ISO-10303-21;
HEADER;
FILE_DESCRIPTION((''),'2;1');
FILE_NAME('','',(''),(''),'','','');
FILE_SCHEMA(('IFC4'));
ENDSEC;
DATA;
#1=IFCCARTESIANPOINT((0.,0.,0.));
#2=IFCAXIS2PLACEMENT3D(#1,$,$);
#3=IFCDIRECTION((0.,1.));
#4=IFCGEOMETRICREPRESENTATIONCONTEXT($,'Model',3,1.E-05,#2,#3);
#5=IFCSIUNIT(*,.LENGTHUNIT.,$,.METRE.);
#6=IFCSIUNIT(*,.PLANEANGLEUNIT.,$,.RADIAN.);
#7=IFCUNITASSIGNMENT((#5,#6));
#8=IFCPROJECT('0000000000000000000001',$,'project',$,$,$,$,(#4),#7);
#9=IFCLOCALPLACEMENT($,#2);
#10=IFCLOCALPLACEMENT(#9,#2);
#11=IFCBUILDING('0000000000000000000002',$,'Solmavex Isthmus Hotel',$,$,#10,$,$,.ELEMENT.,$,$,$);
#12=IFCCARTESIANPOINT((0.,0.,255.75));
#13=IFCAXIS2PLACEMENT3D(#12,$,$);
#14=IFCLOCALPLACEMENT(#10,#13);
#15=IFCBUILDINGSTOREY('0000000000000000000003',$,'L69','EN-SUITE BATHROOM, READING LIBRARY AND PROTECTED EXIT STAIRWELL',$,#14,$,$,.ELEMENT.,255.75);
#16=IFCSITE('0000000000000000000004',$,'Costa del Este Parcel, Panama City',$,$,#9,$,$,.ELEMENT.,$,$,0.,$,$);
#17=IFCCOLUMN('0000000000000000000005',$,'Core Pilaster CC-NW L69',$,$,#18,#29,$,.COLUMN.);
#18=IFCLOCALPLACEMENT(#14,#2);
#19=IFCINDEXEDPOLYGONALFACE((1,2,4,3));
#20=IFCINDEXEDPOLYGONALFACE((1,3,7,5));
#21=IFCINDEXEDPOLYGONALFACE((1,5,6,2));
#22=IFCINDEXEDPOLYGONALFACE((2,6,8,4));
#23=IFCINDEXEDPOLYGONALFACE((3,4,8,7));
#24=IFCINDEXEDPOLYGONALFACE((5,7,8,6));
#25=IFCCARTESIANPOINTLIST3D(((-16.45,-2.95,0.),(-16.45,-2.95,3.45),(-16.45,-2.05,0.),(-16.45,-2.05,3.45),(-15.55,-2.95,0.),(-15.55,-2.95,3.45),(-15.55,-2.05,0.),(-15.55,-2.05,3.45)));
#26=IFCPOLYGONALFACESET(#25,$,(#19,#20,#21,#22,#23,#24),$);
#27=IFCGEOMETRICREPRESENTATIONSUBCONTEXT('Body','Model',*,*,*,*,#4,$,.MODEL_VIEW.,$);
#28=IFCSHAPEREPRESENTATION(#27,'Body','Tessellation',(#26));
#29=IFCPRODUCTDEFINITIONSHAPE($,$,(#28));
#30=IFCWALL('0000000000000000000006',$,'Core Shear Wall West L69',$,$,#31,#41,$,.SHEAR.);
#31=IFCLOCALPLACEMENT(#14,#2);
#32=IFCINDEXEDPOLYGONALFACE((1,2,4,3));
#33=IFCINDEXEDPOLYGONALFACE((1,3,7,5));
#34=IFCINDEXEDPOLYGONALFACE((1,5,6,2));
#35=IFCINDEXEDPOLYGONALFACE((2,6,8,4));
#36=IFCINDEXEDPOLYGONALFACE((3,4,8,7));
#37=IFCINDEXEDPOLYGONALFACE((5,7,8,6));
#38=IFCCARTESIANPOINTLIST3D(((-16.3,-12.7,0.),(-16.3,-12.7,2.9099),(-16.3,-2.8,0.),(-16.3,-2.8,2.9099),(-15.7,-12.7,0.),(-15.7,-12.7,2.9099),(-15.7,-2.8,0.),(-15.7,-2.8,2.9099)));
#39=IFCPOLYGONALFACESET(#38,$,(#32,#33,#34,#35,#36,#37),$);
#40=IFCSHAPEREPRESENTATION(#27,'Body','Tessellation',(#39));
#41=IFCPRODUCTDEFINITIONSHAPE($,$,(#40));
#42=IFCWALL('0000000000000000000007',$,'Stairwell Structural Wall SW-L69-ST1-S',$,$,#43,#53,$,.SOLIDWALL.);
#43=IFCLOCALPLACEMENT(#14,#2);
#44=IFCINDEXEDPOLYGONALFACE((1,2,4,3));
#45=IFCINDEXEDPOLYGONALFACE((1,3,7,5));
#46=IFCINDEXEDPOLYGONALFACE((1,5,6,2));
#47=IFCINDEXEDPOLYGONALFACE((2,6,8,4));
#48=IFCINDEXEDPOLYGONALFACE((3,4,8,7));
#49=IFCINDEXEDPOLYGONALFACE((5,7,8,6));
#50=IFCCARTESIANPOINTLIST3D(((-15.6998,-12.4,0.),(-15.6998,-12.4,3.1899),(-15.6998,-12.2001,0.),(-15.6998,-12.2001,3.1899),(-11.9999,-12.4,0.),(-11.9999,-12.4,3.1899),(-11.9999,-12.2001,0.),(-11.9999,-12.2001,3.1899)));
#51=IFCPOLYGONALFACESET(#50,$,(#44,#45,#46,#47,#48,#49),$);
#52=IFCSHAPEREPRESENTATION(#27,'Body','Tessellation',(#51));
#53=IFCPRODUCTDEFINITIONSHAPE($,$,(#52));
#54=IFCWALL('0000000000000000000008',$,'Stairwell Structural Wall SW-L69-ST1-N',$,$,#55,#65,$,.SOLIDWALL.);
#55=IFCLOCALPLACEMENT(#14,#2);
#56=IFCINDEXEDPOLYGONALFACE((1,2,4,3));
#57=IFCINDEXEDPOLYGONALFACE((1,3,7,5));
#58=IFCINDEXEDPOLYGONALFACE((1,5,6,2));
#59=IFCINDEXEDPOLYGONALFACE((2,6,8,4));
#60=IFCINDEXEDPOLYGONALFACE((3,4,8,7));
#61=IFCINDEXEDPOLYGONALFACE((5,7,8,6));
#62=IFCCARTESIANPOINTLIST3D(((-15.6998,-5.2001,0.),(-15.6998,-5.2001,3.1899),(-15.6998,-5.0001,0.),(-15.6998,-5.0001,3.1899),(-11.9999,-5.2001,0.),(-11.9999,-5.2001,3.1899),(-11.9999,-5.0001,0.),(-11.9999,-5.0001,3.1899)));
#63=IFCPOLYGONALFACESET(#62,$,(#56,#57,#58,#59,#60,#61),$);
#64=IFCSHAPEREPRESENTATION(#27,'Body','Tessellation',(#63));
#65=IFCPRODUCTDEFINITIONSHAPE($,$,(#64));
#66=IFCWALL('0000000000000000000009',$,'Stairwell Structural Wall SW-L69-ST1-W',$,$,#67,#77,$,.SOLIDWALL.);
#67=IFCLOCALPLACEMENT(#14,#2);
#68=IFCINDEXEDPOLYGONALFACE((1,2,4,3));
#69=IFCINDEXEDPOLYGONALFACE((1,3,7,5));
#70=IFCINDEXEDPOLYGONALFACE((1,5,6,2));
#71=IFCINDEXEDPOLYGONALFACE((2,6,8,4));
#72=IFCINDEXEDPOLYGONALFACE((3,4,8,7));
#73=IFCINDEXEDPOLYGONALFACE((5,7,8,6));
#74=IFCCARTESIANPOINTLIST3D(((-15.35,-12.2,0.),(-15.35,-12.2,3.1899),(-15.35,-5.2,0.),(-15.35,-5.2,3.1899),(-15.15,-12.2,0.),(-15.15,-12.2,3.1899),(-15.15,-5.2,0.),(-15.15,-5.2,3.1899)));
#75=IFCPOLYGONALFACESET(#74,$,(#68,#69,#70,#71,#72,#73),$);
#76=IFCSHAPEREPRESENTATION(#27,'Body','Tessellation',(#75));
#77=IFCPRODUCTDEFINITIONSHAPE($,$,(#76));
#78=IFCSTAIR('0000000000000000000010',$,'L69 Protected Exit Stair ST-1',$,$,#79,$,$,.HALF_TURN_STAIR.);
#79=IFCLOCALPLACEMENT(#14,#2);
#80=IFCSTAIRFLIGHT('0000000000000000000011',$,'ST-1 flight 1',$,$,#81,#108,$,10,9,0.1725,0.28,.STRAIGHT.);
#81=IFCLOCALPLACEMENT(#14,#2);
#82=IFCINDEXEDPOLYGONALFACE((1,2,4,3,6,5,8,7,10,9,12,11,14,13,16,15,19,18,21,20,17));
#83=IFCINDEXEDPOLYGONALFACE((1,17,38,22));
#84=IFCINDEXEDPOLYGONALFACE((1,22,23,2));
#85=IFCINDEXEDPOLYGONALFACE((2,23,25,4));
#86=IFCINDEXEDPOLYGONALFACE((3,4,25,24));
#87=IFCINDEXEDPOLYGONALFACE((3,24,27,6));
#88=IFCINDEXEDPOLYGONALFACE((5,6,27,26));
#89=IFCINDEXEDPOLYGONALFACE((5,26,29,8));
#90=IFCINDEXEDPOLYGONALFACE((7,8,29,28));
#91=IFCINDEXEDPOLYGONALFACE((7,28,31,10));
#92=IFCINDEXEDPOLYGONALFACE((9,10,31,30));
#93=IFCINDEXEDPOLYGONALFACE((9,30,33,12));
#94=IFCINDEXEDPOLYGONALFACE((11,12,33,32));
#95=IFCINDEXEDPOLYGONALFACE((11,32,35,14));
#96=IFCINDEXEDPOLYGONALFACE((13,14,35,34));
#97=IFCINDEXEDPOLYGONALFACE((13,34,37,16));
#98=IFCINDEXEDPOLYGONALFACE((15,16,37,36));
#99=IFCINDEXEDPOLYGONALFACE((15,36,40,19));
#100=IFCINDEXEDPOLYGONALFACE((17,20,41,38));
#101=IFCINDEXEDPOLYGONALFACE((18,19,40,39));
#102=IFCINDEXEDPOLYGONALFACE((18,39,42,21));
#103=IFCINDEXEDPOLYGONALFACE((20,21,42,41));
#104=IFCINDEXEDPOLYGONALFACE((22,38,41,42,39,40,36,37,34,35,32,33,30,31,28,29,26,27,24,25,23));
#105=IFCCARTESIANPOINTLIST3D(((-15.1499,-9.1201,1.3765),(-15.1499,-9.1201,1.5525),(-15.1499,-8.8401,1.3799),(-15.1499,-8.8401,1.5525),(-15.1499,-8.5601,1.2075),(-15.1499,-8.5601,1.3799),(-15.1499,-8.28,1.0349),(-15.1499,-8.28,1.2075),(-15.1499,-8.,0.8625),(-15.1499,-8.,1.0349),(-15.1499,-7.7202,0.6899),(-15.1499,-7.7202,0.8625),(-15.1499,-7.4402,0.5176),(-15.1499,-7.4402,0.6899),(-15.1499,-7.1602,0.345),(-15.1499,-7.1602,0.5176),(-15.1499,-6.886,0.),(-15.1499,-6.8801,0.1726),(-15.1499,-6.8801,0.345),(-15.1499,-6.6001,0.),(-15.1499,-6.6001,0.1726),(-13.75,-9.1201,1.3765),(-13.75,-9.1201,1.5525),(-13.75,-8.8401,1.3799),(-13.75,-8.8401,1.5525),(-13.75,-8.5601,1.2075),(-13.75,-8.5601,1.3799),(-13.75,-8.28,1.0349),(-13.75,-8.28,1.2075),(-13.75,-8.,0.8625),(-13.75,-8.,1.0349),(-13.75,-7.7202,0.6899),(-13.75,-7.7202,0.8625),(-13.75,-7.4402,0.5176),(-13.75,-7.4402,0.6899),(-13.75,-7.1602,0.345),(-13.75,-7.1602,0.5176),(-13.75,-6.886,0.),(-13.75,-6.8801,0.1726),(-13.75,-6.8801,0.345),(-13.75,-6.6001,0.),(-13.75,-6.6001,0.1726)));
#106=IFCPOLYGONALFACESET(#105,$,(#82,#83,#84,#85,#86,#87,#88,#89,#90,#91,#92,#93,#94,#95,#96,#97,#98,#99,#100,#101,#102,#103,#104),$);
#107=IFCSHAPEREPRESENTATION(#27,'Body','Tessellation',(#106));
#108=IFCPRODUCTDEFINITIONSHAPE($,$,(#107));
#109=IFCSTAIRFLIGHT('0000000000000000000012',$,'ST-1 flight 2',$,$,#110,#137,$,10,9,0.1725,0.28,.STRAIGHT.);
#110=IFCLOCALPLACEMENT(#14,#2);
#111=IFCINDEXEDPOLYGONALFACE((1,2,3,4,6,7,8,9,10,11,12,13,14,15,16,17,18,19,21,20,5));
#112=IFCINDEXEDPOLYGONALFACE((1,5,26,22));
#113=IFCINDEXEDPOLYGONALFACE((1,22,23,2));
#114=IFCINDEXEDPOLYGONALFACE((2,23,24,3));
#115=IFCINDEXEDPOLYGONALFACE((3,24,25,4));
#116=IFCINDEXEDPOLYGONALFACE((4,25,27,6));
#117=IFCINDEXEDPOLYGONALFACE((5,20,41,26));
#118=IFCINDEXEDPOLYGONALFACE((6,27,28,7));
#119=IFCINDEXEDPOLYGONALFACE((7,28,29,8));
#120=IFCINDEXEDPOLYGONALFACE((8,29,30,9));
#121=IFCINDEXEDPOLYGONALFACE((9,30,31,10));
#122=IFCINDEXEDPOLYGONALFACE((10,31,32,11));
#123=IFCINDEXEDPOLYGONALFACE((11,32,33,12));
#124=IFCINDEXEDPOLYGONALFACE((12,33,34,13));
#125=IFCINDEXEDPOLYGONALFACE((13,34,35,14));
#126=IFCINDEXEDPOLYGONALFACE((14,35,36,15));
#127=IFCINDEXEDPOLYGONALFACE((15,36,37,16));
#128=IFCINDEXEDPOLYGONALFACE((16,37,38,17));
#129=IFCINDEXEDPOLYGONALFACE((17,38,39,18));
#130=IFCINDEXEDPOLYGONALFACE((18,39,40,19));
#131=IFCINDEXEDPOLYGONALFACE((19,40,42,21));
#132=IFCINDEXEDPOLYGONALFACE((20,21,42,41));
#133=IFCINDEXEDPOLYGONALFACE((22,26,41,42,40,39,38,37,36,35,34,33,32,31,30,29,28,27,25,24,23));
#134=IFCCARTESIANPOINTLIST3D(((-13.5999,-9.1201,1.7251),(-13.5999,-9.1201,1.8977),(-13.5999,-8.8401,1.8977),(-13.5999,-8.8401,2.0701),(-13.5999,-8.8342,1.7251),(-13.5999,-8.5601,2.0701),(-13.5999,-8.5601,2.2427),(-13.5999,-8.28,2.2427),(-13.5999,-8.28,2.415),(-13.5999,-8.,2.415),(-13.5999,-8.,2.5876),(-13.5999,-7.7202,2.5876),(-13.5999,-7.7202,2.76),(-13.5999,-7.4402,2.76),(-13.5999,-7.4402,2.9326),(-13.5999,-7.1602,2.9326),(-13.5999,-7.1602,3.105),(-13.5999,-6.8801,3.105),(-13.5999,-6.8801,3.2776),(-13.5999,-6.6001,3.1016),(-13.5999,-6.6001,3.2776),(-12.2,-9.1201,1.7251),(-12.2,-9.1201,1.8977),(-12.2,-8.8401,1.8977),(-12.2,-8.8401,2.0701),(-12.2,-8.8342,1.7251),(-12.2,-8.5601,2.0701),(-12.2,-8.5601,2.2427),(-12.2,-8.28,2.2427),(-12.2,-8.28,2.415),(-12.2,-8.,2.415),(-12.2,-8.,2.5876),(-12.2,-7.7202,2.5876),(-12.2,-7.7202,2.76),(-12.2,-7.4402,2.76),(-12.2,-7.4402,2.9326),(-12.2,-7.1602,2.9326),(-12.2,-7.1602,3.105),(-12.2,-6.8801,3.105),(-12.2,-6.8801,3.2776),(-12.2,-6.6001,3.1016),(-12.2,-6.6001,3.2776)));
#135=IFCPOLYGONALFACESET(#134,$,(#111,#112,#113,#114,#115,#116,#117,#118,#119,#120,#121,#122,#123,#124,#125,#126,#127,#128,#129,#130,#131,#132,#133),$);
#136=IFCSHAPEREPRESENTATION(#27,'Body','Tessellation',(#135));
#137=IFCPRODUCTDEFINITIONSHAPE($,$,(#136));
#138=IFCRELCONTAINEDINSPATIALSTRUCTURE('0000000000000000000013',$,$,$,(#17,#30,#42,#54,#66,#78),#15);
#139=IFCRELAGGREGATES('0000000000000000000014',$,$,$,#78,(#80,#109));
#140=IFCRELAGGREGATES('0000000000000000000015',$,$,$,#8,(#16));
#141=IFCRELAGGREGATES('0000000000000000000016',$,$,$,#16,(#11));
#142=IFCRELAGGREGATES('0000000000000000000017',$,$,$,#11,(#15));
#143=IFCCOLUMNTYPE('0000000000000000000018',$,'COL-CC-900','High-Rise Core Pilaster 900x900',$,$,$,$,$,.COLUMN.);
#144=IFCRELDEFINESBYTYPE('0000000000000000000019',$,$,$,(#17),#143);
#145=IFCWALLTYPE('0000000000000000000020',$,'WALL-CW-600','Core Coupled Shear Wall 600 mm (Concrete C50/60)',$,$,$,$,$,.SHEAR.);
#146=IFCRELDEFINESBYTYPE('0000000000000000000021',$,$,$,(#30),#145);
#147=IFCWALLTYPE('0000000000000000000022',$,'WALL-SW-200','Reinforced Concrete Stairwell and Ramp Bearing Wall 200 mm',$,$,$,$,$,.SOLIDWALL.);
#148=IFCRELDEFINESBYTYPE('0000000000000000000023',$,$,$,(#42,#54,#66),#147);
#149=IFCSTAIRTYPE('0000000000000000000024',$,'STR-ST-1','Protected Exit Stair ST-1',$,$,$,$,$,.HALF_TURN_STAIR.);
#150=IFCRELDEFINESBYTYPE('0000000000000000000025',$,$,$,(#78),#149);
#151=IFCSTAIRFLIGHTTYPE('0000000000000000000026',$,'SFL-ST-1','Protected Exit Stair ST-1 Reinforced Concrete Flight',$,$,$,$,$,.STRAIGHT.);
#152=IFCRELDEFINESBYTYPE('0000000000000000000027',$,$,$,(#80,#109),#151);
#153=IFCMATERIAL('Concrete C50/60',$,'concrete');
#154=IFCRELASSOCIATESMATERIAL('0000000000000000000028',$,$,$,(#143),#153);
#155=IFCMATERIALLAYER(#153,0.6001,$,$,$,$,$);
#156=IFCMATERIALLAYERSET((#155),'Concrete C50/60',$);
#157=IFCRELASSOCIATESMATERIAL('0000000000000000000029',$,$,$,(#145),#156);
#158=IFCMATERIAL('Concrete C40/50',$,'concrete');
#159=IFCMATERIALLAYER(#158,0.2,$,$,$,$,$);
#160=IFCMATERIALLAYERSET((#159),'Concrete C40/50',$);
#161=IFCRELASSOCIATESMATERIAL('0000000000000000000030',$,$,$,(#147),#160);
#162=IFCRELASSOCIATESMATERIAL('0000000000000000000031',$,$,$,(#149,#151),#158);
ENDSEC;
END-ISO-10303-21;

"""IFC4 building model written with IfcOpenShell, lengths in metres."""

from ifc_helpers import new_model, si_unit, direction, frame, frame_2d, origin, origin_2d, place, context, subcontext, project, spatial, polyline, rectangle, outline, extrude, material, layer, layer_set, material_profile, profile_set, type_object, element, aggregate, save


model = new_model("IFC4")

# Units and contexts
model_context = context("Model", 3, precision=1e-05, world=origin(), true_north=direction((0.0, 1.0)))
body_context = subcontext(model_context, "Body", "Model", "MODEL_VIEW")
ifc_project = project(units=[si_unit("LENGTHUNIT", "METRE"), si_unit("PLANEANGLEUNIT", "RADIAN")], contexts=[model_context])

# Site, building, storey
site_placement = place(None, origin())
site = spatial("IfcSite", under=ifc_project, at=site_placement, Name="Costa del Este Parcel, Panama City", CompositionType="ELEMENT", RefElevation=0.0)
building_placement = place(site_placement, origin())
building = spatial("IfcBuilding", under=site, at=building_placement, Name="Solmavex Isthmus Hotel", CompositionType="ELEMENT")
storey_placement = place(building_placement, frame((0.0, 0.0, 255.75)))
storey = spatial("IfcBuildingStorey", under=building, at=storey_placement, Name="L69", Description="EN-SUITE BATHROOM, READING LIBRARY AND PROTECTED EXIT STAIRWELL", CompositionType="ELEMENT", Elevation=255.75)

# Column
ifc_material_1 = material(Name="Concrete C50/60", Category="concrete")
ifc_material_profile = material_profile(ifc_material_1, rectangle(XDim=0.8999, YDim=0.8999, at=origin_2d()), Name="RC900X900")
ifc_profile_set = profile_set([ifc_material_profile], Name="Concrete C50/60")
column_type = type_object("IfcColumnType", Name="COL-CC-900", Description="High-Rise Core Pilaster 900x900", PredefinedType="COLUMN", material=ifc_profile_set)
column_placement = place(storey_placement, frame((-16.0, -2.5, 0.0), z_axis=(0.0, 0.0, 1.0), x_axis=(1.0, 0.0, 0.0)))
element("IfcColumn", 1, at=column_placement, inside=storey, type_object=column_type, Name="Core Pilaster CC-NW L69", PredefinedType="COLUMN", context=body_context, shape_type="SweptSolid", body=[
    extrude(rectangle(XDim=0.8999, YDim=0.8999, at=origin_2d()), origin(), (0.0, 0.0, 1.0), 3.45),
])

# Walls
ifc_layer_1 = layer(ifc_material_1, 0.6001)
ifc_layer_set_1 = layer_set([ifc_layer_1], Name="Concrete C50/60")
wall_type_1 = type_object("IfcWallType", Name="WALL-CW-600", Description="Core Coupled Shear Wall 600 mm (Concrete C50/60)", PredefinedType="SHEAR", material=ifc_layer_set_1)
wall_1_placement = place(storey_placement, frame((-16.0, -12.7, 0.0), z_axis=(0.0, 0.0, 1.0), x_axis=(0.0, 1.0, 0.0)))
element("IfcWall", 2, at=wall_1_placement, inside=storey, type_object=wall_type_1, Name="Core Shear Wall West L69", PredefinedType="SHEAR", context=body_context, shape_type="SweptSolid", body=[
    extrude(rectangle(XDim=9.8999, YDim=0.6001, at=frame_2d((4.95, 0.0))), origin(), (0.0, 0.0, 1.0), 2.9099),
])
ifc_material_2 = material(Name="Concrete C40/50", Category="concrete")
ifc_layer_2 = layer(ifc_material_2, 0.2)
ifc_layer_set_2 = layer_set([ifc_layer_2], Name="Concrete C40/50")
wall_type_2 = type_object("IfcWallType", Name="WALL-SW-200", Description="Reinforced Concrete Stairwell and Ramp Bearing Wall 200 mm", PredefinedType="SOLIDWALL", material=ifc_layer_set_2)
for number, where, z_axis, x_axis, name in (
    (3, (-15.7, -12.3, 0.0), (0.0, 0.0, 1.0), (1.0, 0.0, 0.0), "Stairwell Structural Wall SW-L69-ST1-S"),
    (4, (-15.7, -5.1001, 0.0), (0.0, 0.0, 1.0), (1.0, 0.0, 0.0), "Stairwell Structural Wall SW-L69-ST1-N"),
):
    element("IfcWall", number, at=place(storey_placement, frame(where, z_axis=z_axis, x_axis=x_axis)), inside=storey, type_object=wall_type_2, Name=name, PredefinedType="SOLIDWALL", context=body_context, shape_type="SweptSolid", body=[
        extrude(rectangle(XDim=3.7, YDim=0.2, at=frame_2d((1.8501, 0.0))), origin(), (0.0, 0.0, 1.0), 3.1899),
    ])
wall_2_placement = place(storey_placement, frame((-15.25, -12.2, 0.0), z_axis=(0.0, 0.0, 1.0), x_axis=(0.0, 1.0, 0.0)))
element("IfcWall", 5, at=wall_2_placement, inside=storey, type_object=wall_type_2, Name="Stairwell Structural Wall SW-L69-ST1-W", PredefinedType="SOLIDWALL", context=body_context, shape_type="SweptSolid", body=[
    extrude(rectangle(XDim=7.0, YDim=0.2, at=frame_2d((3.5, 0.0))), origin(), (0.0, 0.0, 1.0), 3.1899),
])

# Stair, stair flights
stair_type = type_object("IfcStairType", Name="STR-ST-1", Description="Protected Exit Stair ST-1", PredefinedType="HALF_TURN_STAIR", material=ifc_material_2)
stair_placement = place(storey_placement, origin())
stair = element("IfcStair", 6, at=stair_placement, inside=storey, type_object=stair_type, Name="L69 Protected Exit Stair ST-1", PredefinedType="HALF_TURN_STAIR")
stair_flight_type = type_object("IfcStairFlightType", Name="SFL-ST-1", Description="Protected Exit Stair ST-1 Reinforced Concrete Flight", PredefinedType="STRAIGHT", material=ifc_material_2)
stair_flight_1_placement = place(storey_placement, frame((-14.45, -6.6001, 0.0), z_axis=(0.0, 0.0, 1.0), x_axis=(0.0, -1.0, 0.0)))
stair_flight_1 = element("IfcStairFlight", 7, at=stair_flight_1_placement, type_object=stair_flight_type, Name="ST-1 flight 1", NumberOfRisers=10, NumberOfTreads=9, PredefinedType="STRAIGHT", RiserHeight=0.1725, TreadLength=0.28, context=body_context, shape_type="SweptSolid", body=[
    extrude(outline(polyline([(0.0, 0.0), (0.0, 0.1726), (0.28, 0.1726), (0.28, 0.345), (0.5601, 0.345), (0.5601, 0.5176), (0.8401, 0.5176), (0.8401, 0.6899), (1.1201, 0.6899), (1.1201, 0.8625), (1.3999, 0.8625), (1.3999, 1.0349), (1.6799, 1.0349), (1.6799, 1.2075), (1.96, 1.2075), (1.96, 1.3799), (2.24, 1.3799), (2.24, 1.5525), (2.52, 1.5525), (2.52, 1.7251), (2.52, 1.3765), (0.2859, 0.0), (0.0, 0.0)])), frame((0.0, 0.7, 0.0), z_axis=(0.0, -1.0, 0.0), x_axis=(1.0, 0.0, 0.0)), (0.0, 0.0, 1.0), 1.3999),
])
stair_flight_2_placement = place(storey_placement, frame((-12.8999, -9.1201, 1.7251), z_axis=(0.0, 0.0, 1.0), x_axis=(0.0, 1.0, 0.0)))
stair_flight_2 = element("IfcStairFlight", 8, at=stair_flight_2_placement, type_object=stair_flight_type, Name="ST-1 flight 2", NumberOfRisers=10, NumberOfTreads=9, PredefinedType="STRAIGHT", RiserHeight=0.1725, TreadLength=0.28, context=body_context, shape_type="SweptSolid", body=[
    extrude(outline(polyline([(0.0, 0.0), (0.0, 0.1726), (0.28, 0.1726), (0.28, 0.345), (0.5601, 0.345), (0.5601, 0.5176), (0.8401, 0.5176), (0.8401, 0.6899), (1.1201, 0.6899), (1.1201, 0.8625), (1.3999, 0.8625), (1.3999, 1.0349), (1.6799, 1.0349), (1.6799, 1.2075), (1.96, 1.2075), (1.96, 1.3799), (2.24, 1.3799), (2.24, 1.5525), (2.52, 1.5525), (2.52, 1.7251), (2.52, 1.3765), (0.2859, 0.0), (0.0, 0.0)])), frame((0.0, 0.7, 0.0), z_axis=(0.0, -1.0, 0.0), x_axis=(1.0, 0.0, 0.0)), (0.0, 0.0, 1.0), 1.3999),
])
aggregate(stair, [stair_flight_1, stair_flight_2])

save(model, "model.ifc")
